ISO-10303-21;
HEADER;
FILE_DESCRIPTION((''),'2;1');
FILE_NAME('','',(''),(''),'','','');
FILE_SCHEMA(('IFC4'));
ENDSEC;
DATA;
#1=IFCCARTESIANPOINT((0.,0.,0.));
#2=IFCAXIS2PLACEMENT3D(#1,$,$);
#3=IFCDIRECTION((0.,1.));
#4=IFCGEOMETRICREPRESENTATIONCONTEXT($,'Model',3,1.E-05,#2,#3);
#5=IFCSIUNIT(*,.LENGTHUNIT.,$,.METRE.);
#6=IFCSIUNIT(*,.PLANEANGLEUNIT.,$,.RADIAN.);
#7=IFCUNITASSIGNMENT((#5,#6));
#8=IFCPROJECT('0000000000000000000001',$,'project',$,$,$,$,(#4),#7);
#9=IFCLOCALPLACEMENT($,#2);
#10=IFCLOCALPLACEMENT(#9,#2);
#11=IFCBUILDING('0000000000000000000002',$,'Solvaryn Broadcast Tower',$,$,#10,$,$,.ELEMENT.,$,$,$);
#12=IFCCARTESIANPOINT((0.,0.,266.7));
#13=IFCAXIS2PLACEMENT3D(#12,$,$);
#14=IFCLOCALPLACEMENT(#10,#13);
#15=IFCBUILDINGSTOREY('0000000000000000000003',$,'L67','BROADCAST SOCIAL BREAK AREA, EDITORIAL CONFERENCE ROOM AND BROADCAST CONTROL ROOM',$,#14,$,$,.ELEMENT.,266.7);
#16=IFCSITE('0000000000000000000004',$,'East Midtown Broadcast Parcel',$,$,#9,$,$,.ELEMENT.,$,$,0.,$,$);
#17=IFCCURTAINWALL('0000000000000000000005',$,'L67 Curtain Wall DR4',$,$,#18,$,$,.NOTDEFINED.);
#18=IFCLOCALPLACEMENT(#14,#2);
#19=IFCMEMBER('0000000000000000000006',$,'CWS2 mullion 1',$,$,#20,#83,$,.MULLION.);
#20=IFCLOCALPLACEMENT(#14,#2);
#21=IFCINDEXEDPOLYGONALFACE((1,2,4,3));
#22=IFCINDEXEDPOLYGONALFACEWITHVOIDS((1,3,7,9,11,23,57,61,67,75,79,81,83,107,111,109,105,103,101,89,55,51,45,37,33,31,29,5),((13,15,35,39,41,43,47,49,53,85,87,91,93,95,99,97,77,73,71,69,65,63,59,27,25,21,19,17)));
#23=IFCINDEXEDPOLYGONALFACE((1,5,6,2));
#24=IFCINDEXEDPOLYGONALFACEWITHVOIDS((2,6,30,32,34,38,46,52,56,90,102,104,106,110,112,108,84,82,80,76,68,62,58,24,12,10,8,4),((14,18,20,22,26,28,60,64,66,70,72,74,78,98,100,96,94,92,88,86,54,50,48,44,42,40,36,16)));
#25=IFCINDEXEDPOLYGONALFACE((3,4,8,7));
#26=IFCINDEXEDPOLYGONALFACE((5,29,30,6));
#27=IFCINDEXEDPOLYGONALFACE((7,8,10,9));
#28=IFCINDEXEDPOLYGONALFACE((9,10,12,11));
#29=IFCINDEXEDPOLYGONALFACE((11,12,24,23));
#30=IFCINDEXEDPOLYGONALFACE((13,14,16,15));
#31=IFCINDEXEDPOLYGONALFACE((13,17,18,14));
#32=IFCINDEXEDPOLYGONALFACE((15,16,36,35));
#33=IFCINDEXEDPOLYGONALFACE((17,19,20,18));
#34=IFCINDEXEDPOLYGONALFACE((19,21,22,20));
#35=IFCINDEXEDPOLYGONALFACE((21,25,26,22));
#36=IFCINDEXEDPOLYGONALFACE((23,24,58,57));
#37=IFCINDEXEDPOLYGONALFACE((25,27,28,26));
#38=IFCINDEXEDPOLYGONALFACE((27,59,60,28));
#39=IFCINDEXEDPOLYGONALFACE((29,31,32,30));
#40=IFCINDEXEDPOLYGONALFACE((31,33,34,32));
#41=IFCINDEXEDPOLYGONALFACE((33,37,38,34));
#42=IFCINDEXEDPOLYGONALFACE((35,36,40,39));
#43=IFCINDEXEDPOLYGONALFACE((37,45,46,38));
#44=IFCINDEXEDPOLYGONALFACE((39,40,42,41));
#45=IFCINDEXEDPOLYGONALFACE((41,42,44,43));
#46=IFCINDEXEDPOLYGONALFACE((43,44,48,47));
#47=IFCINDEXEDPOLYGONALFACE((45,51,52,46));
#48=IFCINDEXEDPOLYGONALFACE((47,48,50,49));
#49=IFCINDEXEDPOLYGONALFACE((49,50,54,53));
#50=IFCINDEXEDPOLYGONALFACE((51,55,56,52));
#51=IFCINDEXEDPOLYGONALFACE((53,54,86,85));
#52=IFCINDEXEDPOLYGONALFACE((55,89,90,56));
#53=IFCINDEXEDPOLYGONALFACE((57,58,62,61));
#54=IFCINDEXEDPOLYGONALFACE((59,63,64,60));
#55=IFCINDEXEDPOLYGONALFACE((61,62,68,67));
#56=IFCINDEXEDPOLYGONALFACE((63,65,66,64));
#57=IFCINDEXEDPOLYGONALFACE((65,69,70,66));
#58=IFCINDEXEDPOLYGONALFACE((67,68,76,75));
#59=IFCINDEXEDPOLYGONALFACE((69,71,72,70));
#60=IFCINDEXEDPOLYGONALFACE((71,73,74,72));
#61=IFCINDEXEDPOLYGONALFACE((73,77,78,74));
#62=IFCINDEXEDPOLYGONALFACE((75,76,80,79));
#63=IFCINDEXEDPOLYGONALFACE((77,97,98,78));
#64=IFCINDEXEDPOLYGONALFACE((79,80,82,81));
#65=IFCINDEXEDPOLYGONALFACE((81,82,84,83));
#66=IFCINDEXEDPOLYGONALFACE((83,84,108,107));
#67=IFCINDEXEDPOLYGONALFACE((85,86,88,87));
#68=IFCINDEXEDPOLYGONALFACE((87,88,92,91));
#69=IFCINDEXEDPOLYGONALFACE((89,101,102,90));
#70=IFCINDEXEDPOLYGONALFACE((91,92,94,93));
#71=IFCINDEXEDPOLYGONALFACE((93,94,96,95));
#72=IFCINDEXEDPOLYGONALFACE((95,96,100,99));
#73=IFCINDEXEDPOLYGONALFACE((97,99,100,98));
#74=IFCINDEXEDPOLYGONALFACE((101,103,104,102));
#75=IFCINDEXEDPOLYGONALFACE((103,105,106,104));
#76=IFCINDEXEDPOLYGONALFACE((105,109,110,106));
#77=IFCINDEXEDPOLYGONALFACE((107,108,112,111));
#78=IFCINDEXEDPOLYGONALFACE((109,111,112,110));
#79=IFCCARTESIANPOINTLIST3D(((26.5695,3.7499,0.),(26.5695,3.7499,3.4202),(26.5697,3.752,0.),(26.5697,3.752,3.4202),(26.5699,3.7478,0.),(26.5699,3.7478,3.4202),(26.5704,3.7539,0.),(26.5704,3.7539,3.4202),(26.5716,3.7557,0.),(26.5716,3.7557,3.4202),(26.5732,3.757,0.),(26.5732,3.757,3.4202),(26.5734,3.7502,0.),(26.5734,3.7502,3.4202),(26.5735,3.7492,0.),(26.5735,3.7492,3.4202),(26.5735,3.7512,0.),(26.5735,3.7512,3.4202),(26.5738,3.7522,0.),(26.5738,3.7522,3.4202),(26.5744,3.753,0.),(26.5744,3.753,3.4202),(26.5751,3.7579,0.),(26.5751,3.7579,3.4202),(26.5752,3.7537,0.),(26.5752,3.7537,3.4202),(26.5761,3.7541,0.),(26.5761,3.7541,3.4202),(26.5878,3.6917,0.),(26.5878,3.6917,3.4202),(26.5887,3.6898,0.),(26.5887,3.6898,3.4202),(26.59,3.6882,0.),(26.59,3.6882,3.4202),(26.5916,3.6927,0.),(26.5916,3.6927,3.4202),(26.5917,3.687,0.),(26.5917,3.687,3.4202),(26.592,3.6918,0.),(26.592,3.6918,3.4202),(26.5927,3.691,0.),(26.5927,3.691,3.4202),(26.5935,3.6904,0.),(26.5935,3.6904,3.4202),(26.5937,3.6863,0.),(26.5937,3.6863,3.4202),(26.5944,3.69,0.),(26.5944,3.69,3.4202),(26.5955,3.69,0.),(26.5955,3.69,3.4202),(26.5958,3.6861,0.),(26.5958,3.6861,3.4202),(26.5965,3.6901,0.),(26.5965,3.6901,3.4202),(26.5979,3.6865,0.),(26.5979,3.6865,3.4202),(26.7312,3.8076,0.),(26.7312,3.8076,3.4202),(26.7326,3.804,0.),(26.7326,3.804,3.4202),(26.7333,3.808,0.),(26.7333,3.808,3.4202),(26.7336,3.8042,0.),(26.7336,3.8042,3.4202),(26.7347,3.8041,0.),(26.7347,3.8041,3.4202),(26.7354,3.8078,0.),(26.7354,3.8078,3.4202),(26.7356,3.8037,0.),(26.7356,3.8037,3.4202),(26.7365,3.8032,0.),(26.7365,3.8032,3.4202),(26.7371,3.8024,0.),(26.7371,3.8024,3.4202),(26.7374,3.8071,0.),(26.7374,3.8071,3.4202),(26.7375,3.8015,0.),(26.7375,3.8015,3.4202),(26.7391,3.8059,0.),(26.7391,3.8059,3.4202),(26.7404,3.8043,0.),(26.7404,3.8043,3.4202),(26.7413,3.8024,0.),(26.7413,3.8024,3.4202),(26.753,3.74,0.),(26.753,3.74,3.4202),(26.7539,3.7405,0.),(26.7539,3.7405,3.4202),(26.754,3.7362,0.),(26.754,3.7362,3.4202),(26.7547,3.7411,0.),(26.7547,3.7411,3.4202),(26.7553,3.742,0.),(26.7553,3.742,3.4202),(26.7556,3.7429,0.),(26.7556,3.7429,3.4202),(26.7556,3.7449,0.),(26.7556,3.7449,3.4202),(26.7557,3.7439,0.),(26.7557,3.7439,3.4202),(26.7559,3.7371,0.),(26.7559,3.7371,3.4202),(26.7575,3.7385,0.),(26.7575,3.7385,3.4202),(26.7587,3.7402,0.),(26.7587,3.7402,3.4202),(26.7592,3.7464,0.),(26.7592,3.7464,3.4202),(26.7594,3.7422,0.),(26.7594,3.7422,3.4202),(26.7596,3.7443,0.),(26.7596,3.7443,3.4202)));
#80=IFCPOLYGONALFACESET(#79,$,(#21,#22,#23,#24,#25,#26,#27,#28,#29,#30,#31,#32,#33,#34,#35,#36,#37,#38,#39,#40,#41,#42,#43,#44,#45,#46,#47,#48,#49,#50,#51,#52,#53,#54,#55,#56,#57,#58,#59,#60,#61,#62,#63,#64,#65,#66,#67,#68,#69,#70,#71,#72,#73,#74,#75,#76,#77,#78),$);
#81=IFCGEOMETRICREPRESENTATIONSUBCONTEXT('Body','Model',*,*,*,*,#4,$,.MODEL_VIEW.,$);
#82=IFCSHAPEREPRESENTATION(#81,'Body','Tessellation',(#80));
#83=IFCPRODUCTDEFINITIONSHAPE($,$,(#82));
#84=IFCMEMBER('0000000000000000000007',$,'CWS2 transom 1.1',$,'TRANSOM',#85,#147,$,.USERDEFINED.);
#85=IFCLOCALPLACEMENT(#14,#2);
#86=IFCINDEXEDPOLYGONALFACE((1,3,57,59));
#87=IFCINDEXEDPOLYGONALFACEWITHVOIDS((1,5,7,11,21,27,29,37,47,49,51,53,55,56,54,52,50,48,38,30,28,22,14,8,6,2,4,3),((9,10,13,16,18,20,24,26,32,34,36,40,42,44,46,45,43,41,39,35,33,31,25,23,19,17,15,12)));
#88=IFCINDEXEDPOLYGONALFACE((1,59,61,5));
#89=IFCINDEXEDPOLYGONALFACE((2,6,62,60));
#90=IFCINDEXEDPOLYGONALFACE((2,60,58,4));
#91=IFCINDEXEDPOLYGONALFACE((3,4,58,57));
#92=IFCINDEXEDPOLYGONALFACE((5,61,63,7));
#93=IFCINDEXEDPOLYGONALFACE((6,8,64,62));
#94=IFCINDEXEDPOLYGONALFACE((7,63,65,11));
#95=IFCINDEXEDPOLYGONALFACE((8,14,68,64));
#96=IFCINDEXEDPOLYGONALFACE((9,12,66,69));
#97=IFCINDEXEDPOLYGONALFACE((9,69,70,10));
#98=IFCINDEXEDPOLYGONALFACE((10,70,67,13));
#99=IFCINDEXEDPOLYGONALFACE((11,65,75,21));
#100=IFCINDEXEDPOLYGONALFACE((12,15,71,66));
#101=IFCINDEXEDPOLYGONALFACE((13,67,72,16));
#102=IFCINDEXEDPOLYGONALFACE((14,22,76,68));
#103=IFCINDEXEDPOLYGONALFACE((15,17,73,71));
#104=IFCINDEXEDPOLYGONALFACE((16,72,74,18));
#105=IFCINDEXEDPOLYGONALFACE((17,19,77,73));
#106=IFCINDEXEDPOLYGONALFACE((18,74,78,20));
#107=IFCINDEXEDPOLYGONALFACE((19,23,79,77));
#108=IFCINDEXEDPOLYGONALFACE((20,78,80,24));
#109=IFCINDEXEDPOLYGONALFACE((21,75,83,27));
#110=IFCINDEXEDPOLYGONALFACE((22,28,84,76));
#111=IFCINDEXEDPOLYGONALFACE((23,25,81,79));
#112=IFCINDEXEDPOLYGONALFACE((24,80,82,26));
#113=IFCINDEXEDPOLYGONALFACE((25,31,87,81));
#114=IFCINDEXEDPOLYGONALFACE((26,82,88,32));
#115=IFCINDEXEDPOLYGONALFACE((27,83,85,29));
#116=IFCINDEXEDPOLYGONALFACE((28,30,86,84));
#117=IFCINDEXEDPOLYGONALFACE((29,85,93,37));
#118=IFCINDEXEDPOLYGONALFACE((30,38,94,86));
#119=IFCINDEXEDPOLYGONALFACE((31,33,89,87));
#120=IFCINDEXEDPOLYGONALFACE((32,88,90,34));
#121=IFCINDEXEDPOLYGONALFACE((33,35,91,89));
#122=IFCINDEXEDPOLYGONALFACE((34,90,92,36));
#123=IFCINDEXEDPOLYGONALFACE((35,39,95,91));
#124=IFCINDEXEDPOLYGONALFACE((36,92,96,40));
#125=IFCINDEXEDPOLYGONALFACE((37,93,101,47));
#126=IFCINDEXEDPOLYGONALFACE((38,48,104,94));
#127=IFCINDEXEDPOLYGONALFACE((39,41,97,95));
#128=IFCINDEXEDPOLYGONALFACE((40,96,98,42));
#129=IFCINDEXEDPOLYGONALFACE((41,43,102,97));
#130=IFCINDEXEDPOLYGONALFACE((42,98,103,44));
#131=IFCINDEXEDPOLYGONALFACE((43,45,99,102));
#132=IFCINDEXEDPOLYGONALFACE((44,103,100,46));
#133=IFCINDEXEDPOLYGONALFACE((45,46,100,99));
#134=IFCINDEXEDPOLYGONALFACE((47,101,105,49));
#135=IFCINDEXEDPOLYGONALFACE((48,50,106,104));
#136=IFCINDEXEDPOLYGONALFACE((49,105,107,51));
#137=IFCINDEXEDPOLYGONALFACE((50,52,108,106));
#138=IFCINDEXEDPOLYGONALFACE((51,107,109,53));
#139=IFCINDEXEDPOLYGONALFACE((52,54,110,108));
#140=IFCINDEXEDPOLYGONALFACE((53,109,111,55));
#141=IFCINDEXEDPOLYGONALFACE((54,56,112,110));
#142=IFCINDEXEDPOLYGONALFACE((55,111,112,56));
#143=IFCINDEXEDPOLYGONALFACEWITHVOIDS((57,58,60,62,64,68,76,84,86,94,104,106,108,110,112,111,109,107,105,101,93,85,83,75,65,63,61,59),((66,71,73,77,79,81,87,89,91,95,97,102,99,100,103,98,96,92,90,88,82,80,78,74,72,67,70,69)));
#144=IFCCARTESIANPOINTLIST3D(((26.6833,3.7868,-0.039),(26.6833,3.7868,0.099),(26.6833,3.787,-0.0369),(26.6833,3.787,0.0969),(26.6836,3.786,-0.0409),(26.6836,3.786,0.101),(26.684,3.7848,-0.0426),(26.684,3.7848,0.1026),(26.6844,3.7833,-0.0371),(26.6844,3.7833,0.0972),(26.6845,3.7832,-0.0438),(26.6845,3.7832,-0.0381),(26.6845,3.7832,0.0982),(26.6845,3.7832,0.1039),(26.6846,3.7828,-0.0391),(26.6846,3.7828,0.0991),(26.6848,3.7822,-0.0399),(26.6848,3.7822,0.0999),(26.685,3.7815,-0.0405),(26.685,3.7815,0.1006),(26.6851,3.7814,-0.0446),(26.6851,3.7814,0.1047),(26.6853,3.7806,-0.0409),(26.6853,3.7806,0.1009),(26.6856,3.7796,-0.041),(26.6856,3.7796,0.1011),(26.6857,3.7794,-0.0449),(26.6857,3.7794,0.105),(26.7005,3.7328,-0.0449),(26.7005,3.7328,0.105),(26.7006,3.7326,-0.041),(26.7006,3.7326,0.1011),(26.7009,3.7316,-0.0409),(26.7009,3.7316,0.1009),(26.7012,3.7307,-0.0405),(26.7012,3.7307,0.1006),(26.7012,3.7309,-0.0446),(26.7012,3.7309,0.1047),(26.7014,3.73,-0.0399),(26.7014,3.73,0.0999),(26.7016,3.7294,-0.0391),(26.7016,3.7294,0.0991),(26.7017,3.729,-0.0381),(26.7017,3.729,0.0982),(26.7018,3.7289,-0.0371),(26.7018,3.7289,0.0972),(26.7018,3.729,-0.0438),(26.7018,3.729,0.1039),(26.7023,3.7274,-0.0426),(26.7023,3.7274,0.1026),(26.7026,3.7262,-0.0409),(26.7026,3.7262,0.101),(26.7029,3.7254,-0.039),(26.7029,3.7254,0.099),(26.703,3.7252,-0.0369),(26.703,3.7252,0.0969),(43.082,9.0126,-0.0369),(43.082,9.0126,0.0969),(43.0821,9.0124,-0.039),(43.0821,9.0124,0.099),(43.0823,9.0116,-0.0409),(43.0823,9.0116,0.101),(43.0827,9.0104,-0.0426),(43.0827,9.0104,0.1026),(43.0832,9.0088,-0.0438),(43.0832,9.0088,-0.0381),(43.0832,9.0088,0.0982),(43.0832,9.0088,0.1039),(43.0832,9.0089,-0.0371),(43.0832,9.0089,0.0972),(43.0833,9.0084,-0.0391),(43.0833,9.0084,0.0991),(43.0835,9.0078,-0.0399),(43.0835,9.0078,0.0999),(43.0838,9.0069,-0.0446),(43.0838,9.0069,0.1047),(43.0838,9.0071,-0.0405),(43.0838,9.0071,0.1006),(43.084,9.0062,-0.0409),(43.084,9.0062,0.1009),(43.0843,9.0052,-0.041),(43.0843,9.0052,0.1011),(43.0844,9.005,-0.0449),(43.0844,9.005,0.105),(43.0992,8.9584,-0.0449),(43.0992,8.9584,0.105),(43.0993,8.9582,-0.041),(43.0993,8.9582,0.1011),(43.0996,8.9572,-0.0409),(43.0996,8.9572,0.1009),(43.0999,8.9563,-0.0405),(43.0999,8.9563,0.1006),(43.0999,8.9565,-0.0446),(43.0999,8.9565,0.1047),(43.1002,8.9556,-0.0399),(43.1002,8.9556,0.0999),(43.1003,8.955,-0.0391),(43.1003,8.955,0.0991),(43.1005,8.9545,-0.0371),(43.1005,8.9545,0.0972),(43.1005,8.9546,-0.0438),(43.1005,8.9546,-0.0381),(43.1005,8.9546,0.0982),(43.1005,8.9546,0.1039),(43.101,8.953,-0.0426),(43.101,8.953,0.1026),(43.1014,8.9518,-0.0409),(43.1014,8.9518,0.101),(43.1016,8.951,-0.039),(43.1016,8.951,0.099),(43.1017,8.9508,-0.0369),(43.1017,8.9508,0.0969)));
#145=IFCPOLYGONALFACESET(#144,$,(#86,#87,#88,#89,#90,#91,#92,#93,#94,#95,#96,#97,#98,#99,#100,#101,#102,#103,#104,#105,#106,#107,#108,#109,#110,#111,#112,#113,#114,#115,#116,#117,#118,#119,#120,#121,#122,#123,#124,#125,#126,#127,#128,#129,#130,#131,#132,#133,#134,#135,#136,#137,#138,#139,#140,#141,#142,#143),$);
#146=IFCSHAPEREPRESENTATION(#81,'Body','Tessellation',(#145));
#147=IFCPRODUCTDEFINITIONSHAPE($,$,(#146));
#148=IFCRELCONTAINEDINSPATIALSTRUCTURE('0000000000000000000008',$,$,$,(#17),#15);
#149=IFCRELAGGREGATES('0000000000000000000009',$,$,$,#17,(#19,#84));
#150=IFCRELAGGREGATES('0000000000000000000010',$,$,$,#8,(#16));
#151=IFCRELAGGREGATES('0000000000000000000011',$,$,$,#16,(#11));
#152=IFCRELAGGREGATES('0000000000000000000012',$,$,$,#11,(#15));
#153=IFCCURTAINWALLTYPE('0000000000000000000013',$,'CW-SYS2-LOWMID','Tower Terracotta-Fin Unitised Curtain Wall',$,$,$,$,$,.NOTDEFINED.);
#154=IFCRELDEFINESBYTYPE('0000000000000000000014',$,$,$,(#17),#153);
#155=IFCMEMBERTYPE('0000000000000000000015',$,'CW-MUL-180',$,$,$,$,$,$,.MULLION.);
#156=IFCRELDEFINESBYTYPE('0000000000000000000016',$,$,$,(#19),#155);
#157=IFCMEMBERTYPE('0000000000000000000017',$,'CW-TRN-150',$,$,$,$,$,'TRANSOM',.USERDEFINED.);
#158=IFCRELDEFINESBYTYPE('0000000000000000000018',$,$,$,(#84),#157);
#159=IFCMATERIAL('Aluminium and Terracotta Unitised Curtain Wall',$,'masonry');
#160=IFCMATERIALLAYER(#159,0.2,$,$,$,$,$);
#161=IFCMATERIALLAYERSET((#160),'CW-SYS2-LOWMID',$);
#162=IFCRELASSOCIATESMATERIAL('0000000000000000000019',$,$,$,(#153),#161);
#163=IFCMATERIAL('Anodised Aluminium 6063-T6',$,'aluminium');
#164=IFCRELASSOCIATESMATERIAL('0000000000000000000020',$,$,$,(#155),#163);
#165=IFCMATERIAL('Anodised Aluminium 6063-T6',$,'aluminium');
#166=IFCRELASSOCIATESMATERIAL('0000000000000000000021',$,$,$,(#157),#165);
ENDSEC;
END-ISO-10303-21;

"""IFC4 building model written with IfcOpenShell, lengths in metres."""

from ifc_helpers import new_model, si_unit, direction, frame, origin, origin_2d, place, context, subcontext, project, spatial, hollow_rectangle, extrude, material, layer, layer_set, material_profile, profile_set, type_object, element, aggregate, save


model = new_model("IFC4")

# Units and contexts
model_context = context("Model", 3, precision=1e-05, world=origin(), true_north=direction((0.0, 1.0)))
body_context = subcontext(model_context, "Body", "Model", "MODEL_VIEW")
ifc_project = project(units=[si_unit("LENGTHUNIT", "METRE"), si_unit("PLANEANGLEUNIT", "RADIAN")], contexts=[model_context])

# Site, building, storey
site_placement = place(None, origin())
site = spatial("IfcSite", under=ifc_project, at=site_placement, Name="East Midtown Broadcast Parcel", CompositionType="ELEMENT", RefElevation=0.0)
building_placement = place(site_placement, origin())
building = spatial("IfcBuilding", under=site, at=building_placement, Name="Solvaryn Broadcast Tower", CompositionType="ELEMENT")
storey_placement = place(building_placement, frame((0.0, 0.0, 266.7)))
storey = spatial("IfcBuildingStorey", under=building, at=storey_placement, Name="L67", Description="BROADCAST SOCIAL BREAK AREA, EDITORIAL CONFERENCE ROOM AND BROADCAST CONTROL ROOM", CompositionType="ELEMENT", Elevation=266.7)

# Shared definitions
ifc_material_1 = material(Name="Aluminium and Terracotta Unitised Curtain Wall", Category="masonry")
ifc_layer_1 = layer(ifc_material_1, 0.2)
ifc_layer_set_1 = layer_set([ifc_layer_1], Name="CW-SYS2-LOWMID")
curtain_wall_type = type_object("IfcCurtainWallType", Name="CW-SYS2-LOWMID", Description="Tower Terracotta-Fin Unitised Curtain Wall", PredefinedType="NOTDEFINED", material=ifc_layer_set_1)
ifc_material_2 = material(Name="Anodised Aluminium 6063-T6", Category="aluminium")
ifc_material_profile_1 = material_profile(ifc_material_2, hollow_rectangle(XDim=0.075, YDim=0.1799, WallThickness=0.0039, InnerFilletRadius=0.0039, OuterFilletRadius=0.0081, at=origin_2d()))
ifc_profile_set_1 = profile_set([ifc_material_profile_1], Name="Anodised Aluminium 6063-T6")
member_type_1 = type_object("IfcMemberType", Name="CW-MUL-180", PredefinedType="MULLION", material=ifc_profile_set_1)

# Curtain wall, members
curtain_wall_1_placement = place(storey_placement, origin())
curtain_wall_1 = element("IfcCurtainWall", 1, at=curtain_wall_1_placement, inside=storey, type_object=curtain_wall_type, Name="L67 Curtain Wall DR4", PredefinedType="NOTDEFINED")
member_1_placement = place(storey_placement, frame((26.6646, 3.7471, 0.0), z_axis=(0.0, 0.0, 1.0), x_axis=(-0.303616, 0.952795, 0.0)))
member_1 = element("IfcMember", 2, at=member_1_placement, type_object=member_type_1, Name="CWS2 mullion 1", PredefinedType="MULLION", context=body_context, shape_type="SweptSolid", body=[
    extrude(hollow_rectangle(XDim=0.075, YDim=0.1799, WallThickness=0.0039, InnerFilletRadius=0.0039, OuterFilletRadius=0.0081, at=origin_2d()), origin(), (0.0, 0.0, 1.0), 3.4202),
])
ifc_material_3 = material(Name="Anodised Aluminium 6063-T6", Category="aluminium")
ifc_material_profile_2 = material_profile(ifc_material_3, hollow_rectangle(XDim=0.0649, YDim=0.1499, WallThickness=0.0039, InnerFilletRadius=0.0039, OuterFilletRadius=0.0081, at=origin_2d()))
ifc_profile_set_2 = profile_set([ifc_material_profile_2], Name="Anodised Aluminium 6063-T6")
member_type_2 = type_object("IfcMemberType", Name="CW-TRN-150", ElementType="TRANSOM", PredefinedType="USERDEFINED", material=ifc_profile_set_2)
member_2_placement = place(storey_placement, frame((26.6931, 3.7561, 0.03), z_axis=(0.952794, 0.303616, 0.0), x_axis=(-0.303616, 0.952794, 0.0)))
member_2 = element("IfcMember", 3, at=member_2_placement, type_object=member_type_2, Name="CWS2 transom 1.1", ObjectType="TRANSOM", PredefinedType="USERDEFINED", context=body_context, shape_type="SweptSolid", body=[
    extrude(hollow_rectangle(XDim=0.0649, YDim=0.1499, WallThickness=0.0039, InnerFilletRadius=0.0039, OuterFilletRadius=0.0081, at=origin_2d()), origin(), (0.0, 0.0, 1.0), 17.2112),
])
aggregate(curtain_wall_1, [member_1, member_2])

save(model, "model.ifc")
